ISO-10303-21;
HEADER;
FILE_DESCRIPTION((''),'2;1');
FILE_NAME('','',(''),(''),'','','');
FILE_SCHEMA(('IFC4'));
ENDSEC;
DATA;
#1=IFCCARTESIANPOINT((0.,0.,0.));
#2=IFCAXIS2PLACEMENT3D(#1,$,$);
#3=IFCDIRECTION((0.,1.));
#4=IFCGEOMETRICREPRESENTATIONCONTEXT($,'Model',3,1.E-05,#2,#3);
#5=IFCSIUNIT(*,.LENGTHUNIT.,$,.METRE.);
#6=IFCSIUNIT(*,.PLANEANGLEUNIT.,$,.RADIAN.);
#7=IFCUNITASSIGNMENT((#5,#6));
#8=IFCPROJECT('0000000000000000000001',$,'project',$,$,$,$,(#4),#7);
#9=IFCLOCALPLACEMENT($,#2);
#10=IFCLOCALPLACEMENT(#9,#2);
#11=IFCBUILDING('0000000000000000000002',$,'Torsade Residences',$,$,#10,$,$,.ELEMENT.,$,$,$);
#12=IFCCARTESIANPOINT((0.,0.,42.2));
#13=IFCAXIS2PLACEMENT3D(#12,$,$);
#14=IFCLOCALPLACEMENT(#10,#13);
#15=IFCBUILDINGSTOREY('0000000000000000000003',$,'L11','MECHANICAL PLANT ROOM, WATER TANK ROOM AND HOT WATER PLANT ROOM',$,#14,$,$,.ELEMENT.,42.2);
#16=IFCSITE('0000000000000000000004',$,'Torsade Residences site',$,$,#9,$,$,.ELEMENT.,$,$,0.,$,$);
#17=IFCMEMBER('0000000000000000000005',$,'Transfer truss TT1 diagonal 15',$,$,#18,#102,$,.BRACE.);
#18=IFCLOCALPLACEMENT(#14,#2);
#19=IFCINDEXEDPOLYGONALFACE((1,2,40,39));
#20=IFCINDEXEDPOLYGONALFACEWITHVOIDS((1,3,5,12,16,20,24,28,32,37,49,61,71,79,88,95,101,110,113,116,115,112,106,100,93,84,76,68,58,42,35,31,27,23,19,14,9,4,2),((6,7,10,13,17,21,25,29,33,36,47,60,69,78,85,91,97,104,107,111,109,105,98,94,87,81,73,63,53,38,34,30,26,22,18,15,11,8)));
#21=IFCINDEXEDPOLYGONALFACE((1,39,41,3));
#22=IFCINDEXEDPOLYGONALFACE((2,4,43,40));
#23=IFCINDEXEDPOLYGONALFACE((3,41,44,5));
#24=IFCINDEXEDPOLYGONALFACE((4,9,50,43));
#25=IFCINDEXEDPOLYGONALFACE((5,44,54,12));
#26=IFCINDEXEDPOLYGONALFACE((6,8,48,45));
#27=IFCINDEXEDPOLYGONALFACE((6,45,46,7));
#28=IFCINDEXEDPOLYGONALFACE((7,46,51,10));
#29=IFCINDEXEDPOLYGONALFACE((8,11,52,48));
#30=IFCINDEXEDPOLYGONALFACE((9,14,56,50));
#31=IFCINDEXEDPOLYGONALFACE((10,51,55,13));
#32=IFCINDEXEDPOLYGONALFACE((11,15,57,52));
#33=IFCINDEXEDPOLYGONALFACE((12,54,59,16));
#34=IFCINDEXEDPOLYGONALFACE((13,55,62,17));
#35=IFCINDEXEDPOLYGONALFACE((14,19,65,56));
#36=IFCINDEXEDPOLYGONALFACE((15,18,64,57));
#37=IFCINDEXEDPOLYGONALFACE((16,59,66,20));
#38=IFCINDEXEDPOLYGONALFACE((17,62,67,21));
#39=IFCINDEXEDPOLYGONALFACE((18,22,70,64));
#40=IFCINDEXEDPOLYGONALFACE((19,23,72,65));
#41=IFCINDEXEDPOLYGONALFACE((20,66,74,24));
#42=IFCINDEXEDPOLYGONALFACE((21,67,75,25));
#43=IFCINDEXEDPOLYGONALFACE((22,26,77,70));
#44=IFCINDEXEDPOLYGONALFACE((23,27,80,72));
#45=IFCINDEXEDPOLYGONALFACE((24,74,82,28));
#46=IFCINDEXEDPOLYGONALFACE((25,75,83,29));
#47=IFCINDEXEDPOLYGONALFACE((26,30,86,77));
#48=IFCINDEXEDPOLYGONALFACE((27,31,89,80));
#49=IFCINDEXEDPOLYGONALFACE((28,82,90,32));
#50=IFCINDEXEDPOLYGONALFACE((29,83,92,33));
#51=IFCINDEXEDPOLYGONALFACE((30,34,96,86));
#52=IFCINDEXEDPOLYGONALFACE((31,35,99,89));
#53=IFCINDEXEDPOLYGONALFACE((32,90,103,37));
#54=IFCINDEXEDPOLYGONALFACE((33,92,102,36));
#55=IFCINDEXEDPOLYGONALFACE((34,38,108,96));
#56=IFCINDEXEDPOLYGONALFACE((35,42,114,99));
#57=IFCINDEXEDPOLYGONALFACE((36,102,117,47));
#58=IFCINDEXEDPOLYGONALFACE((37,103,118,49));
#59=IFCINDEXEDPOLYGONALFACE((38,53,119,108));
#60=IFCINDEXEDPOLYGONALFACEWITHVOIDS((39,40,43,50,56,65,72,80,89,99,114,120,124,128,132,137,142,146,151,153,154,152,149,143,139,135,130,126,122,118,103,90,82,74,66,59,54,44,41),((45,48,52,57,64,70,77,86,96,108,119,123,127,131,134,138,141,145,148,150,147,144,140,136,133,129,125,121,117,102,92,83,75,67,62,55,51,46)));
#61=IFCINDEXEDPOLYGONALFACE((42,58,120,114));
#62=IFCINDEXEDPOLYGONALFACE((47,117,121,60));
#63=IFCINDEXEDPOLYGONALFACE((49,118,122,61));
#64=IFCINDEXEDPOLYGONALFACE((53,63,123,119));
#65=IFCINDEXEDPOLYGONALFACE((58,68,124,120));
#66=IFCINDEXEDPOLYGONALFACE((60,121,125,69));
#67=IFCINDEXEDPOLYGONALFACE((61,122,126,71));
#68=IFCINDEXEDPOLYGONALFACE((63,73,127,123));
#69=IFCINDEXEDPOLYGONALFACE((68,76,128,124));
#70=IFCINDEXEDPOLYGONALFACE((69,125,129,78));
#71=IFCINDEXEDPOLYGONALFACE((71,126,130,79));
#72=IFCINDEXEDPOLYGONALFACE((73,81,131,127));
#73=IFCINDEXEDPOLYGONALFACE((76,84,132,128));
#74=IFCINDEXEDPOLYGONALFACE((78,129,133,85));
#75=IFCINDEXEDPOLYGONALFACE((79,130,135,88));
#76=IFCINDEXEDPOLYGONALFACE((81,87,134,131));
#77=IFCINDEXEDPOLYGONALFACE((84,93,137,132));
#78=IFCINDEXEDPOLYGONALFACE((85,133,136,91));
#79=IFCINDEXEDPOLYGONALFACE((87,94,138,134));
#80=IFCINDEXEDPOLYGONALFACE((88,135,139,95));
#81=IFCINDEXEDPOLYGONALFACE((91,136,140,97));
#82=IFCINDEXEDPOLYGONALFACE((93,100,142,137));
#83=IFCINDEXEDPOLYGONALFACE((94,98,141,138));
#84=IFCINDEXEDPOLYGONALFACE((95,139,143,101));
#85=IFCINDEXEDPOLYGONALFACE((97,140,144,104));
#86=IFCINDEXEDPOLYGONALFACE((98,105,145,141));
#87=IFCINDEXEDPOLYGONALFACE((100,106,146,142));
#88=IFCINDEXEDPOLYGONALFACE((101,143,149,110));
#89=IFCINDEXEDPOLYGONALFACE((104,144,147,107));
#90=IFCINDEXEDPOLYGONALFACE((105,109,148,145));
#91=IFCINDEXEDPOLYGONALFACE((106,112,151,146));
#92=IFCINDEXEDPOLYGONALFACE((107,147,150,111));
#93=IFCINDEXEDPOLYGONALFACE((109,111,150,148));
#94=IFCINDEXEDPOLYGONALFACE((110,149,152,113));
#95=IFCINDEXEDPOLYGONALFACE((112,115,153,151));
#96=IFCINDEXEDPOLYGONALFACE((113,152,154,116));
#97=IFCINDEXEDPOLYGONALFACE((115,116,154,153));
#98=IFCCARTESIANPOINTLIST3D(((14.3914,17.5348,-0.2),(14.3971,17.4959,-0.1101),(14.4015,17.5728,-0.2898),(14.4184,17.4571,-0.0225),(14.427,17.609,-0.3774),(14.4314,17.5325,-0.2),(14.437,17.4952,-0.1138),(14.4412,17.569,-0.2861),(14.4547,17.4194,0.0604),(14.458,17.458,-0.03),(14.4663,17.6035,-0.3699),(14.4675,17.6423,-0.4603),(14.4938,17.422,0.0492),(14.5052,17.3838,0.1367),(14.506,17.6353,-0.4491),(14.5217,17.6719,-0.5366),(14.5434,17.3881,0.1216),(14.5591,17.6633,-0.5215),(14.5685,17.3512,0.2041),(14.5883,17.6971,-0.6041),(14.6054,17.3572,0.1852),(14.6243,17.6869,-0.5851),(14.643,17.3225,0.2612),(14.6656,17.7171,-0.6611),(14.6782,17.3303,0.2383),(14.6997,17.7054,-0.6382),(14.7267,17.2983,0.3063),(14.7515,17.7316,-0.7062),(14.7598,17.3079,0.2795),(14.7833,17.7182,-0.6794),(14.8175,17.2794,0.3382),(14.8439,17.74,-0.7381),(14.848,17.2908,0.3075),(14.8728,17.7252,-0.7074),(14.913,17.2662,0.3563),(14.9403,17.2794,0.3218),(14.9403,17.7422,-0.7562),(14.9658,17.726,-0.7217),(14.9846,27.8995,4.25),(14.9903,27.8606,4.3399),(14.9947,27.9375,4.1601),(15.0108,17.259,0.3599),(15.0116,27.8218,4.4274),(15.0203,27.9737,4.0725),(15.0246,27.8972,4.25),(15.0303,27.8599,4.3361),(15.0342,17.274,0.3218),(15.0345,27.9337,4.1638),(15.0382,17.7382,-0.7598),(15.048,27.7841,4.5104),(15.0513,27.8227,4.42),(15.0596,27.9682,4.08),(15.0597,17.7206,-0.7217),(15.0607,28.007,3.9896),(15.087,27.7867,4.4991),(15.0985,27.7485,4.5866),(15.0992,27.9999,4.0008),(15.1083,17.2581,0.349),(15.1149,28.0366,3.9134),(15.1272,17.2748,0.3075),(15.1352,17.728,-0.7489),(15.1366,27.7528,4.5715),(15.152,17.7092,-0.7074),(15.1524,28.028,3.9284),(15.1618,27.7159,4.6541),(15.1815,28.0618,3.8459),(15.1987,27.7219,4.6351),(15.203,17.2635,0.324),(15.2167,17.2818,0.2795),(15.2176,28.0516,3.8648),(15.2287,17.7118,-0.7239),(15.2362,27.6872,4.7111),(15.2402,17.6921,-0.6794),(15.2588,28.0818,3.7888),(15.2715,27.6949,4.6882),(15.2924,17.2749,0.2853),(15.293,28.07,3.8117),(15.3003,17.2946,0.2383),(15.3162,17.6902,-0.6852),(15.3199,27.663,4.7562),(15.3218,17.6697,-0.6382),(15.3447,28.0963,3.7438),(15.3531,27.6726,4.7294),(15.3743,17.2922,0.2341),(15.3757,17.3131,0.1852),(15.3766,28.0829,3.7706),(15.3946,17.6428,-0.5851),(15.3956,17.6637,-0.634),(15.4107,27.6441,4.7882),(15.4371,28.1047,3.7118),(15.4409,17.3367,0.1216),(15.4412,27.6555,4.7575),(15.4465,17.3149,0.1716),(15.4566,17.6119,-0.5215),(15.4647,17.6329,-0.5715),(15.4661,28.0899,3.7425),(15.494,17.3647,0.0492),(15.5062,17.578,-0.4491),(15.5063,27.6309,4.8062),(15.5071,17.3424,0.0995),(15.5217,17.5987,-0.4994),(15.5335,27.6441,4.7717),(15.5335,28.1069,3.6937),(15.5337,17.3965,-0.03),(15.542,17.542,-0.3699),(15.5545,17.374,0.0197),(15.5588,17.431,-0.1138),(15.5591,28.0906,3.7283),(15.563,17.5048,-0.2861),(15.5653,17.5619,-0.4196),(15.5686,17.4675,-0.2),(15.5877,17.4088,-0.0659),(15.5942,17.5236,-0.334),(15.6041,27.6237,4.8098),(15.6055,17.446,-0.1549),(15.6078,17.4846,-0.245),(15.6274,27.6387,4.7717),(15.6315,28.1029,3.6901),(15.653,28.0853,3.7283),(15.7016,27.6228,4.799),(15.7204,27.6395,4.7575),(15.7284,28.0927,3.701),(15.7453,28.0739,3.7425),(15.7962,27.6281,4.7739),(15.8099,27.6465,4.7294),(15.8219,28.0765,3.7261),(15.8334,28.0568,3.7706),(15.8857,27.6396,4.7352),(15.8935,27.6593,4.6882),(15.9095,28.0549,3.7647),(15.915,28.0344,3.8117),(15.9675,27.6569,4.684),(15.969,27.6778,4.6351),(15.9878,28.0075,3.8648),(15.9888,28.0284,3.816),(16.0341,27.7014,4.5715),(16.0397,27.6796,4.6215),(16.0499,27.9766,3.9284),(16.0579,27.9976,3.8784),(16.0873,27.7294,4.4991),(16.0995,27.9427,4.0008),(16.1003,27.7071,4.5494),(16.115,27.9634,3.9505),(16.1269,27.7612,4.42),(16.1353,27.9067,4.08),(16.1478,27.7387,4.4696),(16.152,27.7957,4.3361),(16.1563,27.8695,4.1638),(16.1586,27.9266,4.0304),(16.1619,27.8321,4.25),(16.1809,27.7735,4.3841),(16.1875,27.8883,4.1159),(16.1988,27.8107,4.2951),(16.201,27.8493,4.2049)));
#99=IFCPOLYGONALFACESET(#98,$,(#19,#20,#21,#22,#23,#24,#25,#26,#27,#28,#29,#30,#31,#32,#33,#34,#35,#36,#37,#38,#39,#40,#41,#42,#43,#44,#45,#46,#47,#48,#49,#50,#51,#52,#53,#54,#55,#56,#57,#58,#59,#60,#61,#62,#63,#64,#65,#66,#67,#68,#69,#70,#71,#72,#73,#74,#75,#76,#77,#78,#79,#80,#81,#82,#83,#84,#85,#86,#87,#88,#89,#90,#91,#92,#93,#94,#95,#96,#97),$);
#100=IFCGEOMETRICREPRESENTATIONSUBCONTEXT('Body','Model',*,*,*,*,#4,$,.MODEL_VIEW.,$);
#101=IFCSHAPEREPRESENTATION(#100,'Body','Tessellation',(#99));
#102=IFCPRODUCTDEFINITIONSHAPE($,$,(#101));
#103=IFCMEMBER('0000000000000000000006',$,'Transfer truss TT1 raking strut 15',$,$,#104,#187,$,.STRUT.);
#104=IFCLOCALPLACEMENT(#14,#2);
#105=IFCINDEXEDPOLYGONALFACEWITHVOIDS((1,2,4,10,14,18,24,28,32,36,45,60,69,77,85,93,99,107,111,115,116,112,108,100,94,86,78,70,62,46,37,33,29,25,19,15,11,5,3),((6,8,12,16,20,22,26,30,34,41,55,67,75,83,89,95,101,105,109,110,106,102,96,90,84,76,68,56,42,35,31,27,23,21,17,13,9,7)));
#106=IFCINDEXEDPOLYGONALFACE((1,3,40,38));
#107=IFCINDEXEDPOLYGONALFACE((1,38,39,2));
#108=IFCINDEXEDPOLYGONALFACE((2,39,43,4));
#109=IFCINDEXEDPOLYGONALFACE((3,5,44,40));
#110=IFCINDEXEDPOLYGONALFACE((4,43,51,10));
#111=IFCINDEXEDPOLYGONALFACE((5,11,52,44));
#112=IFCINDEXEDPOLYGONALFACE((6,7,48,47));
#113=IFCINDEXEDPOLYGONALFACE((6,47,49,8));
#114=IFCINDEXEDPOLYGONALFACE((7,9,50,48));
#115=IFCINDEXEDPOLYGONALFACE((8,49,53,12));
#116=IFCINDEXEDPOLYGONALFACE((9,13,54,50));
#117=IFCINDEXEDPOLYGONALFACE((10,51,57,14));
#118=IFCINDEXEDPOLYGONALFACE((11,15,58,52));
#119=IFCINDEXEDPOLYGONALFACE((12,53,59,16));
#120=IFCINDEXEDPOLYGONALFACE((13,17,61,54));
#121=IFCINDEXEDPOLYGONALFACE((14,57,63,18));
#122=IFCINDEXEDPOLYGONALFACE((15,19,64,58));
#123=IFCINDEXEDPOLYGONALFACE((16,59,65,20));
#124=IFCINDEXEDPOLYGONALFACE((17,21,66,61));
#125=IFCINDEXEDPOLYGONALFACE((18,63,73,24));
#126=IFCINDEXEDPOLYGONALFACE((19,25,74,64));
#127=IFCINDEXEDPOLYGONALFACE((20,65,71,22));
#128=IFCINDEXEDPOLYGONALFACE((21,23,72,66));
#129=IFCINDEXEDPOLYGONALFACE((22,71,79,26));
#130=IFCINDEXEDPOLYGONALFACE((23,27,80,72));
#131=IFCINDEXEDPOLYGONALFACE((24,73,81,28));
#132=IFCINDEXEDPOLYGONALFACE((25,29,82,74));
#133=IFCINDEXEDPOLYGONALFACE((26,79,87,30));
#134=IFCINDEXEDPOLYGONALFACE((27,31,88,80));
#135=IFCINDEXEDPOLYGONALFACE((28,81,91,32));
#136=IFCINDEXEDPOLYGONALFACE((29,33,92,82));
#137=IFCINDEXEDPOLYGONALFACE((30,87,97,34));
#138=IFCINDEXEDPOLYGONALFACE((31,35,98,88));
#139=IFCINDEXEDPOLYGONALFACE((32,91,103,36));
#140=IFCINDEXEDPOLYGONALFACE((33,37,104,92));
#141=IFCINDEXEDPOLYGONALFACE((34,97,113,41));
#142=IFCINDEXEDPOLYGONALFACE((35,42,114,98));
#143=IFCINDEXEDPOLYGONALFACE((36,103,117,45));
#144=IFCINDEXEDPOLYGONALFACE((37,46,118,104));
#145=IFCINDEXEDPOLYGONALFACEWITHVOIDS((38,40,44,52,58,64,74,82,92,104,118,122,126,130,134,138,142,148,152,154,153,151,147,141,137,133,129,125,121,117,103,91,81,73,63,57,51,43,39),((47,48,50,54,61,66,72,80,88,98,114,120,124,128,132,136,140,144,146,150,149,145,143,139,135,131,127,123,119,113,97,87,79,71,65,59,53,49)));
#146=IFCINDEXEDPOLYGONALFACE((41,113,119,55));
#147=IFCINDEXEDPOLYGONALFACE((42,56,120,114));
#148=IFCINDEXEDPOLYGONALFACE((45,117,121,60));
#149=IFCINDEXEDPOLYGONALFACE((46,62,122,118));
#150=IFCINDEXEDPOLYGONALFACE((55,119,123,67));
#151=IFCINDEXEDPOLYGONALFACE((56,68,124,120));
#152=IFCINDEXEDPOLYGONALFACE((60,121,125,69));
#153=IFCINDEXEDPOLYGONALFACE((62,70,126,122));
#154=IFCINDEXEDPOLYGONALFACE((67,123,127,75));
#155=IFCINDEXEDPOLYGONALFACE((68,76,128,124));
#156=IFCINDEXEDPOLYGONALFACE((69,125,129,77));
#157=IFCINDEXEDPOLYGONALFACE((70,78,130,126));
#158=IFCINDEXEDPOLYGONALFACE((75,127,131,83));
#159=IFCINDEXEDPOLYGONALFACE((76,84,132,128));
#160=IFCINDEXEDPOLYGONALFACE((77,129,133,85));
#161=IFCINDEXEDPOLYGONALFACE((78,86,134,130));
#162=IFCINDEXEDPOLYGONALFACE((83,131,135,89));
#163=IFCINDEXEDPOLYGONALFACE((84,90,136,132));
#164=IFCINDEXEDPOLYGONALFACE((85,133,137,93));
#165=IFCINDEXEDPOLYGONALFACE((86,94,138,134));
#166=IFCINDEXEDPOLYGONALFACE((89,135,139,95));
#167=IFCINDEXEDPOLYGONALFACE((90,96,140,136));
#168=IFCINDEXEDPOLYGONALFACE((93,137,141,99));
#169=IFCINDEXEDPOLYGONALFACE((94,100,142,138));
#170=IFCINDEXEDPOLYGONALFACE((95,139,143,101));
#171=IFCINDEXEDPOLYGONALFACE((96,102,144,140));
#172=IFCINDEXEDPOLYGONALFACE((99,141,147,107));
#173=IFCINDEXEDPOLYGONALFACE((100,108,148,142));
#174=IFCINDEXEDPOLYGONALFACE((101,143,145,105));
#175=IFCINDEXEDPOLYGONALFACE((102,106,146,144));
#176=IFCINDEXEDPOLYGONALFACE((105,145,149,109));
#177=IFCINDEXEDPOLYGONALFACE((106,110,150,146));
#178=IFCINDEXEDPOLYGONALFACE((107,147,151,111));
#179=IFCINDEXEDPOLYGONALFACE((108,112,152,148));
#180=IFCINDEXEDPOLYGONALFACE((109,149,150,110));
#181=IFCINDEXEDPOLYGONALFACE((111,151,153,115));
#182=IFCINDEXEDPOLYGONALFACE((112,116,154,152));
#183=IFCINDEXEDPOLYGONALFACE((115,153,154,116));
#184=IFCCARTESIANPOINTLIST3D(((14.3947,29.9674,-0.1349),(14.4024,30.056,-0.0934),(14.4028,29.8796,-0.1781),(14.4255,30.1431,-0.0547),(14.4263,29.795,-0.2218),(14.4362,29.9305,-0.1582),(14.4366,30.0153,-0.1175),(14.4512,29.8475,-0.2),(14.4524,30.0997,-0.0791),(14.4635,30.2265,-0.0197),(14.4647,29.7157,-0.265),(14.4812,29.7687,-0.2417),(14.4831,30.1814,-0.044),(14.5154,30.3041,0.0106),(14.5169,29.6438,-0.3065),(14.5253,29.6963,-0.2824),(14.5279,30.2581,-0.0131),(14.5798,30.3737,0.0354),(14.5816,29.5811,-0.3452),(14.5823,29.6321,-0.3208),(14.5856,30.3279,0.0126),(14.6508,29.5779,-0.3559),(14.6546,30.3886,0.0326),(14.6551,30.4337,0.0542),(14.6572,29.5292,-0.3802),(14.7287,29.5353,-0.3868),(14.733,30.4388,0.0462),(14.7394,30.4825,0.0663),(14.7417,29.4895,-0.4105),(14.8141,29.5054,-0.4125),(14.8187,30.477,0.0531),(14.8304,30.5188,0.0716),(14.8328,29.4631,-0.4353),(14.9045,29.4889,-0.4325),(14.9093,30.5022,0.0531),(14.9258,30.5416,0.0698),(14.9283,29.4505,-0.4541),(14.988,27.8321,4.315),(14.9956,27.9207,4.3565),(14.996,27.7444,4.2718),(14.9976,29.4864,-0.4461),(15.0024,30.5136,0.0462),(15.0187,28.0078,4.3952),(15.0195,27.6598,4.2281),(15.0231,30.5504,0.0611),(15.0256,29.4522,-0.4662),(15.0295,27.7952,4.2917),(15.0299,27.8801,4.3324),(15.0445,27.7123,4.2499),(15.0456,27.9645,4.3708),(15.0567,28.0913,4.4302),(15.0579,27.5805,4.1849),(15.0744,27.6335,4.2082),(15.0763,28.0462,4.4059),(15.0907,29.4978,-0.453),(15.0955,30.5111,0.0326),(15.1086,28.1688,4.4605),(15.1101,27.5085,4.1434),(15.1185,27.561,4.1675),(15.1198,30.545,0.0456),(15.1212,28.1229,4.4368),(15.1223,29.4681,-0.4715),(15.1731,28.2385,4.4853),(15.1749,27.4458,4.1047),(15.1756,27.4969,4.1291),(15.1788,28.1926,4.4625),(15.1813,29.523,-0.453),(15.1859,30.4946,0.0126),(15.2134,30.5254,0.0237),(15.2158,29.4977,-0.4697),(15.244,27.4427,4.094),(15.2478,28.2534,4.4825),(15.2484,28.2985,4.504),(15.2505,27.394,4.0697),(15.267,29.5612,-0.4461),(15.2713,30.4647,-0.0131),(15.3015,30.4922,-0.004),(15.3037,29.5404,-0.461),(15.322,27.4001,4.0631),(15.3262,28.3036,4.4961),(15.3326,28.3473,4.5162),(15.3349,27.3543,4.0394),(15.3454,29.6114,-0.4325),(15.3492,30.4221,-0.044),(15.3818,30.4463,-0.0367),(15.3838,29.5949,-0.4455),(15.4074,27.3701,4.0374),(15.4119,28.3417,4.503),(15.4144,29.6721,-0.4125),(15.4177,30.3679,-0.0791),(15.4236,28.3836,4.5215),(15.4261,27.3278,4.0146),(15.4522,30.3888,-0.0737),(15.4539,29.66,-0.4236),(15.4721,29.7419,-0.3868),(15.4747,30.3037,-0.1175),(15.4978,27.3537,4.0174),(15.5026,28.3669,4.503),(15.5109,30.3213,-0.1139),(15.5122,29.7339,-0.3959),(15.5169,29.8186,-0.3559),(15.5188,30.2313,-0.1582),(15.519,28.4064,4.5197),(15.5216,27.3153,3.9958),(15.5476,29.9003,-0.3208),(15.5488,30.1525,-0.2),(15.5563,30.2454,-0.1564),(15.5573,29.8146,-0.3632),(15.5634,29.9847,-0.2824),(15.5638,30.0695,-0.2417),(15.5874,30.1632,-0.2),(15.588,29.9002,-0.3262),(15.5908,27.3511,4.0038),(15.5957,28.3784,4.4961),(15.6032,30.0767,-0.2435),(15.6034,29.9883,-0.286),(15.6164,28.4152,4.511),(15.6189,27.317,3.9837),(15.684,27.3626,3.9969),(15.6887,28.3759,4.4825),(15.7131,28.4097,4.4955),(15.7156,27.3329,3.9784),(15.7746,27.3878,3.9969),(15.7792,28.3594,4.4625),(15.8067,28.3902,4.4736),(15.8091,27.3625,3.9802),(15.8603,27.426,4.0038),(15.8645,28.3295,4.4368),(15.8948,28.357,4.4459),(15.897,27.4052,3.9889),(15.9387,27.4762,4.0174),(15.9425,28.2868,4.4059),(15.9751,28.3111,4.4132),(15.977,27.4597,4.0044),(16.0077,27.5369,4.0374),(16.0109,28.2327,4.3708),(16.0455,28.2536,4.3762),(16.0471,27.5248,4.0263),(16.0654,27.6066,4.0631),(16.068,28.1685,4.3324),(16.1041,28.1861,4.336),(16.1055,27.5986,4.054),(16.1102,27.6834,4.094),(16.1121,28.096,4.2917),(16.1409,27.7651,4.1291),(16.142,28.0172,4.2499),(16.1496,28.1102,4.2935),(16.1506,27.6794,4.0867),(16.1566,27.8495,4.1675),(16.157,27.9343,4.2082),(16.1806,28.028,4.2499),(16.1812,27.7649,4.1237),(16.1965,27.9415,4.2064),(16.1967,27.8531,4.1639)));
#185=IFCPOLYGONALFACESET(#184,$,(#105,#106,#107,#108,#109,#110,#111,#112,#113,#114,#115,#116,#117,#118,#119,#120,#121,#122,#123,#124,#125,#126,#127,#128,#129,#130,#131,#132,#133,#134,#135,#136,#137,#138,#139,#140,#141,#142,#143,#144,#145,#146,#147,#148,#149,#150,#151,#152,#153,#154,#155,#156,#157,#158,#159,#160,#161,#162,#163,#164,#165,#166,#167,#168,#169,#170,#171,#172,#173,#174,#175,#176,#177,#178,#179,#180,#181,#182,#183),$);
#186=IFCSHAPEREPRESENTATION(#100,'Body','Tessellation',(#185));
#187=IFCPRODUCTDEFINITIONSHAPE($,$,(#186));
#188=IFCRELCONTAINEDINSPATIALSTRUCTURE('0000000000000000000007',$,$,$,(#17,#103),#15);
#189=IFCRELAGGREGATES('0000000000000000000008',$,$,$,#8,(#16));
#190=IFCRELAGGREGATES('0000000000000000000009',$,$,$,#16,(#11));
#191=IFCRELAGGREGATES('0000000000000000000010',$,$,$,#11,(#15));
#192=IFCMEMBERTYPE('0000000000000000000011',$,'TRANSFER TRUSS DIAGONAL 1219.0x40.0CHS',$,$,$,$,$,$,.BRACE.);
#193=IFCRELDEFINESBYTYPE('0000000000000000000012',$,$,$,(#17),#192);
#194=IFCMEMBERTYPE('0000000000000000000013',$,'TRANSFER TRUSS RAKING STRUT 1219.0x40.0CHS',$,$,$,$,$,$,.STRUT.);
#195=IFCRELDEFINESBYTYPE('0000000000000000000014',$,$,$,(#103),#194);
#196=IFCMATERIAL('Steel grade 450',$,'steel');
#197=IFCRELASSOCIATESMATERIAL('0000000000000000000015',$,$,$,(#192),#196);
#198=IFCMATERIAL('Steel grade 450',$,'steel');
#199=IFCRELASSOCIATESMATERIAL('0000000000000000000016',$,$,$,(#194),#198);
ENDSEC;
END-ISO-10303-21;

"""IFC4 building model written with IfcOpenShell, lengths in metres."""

from ifc_helpers import new_model, si_unit, direction, frame, origin, origin_2d, place, context, subcontext, project, spatial, hollow_circle, extrude, material, material_profile, profile_set, type_object, element, save


model = new_model("IFC4")

# Units and contexts
model_context = context("Model", 3, precision=1e-05, world=origin(), true_north=direction((0.0, 1.0)))
body_context = subcontext(model_context, "Body", "Model", "MODEL_VIEW")
ifc_project = project(units=[si_unit("LENGTHUNIT", "METRE"), si_unit("PLANEANGLEUNIT", "RADIAN")], contexts=[model_context])

# Site, building, storey
site_placement = place(None, origin())
site = spatial("IfcSite", under=ifc_project, at=site_placement, Name="Torsade Residences site", CompositionType="ELEMENT", RefElevation=0.0)
building_placement = place(site_placement, origin())
building = spatial("IfcBuilding", under=site, at=building_placement, Name="Torsade Residences", CompositionType="ELEMENT")
storey_placement = place(building_placement, frame((0.0, 0.0, 42.2)))
storey = spatial("IfcBuildingStorey", under=building, at=storey_placement, Name="L11", Description="MECHANICAL PLANT ROOM, WATER TANK ROOM AND HOT WATER PLANT ROOM", CompositionType="ELEMENT", Elevation=42.2)

# Members
ifc_material_1 = material(Name="Steel grade 450", Category="steel")
ifc_material_profile_1 = material_profile(ifc_material_1, hollow_circle(Radius=0.6096, WallThickness=0.04, at=origin_2d()), Name="1219.0x40.0CHS")
ifc_profile_set_1 = profile_set([ifc_material_profile_1], Name="Steel grade 450")
member_type_1 = type_object("IfcMemberType", Name="TRANSFER TRUSS DIAGONAL 1219.0x40.0CHS", PredefinedType="BRACE", material=ifc_profile_set_1)
member_1_placement = place(storey_placement, frame((15.0, 17.5, -0.2), z_axis=(0.052523, 0.917622, 0.393968), x_axis=(-0.998366, 0.057145, 0.0)))
element("IfcMember", 1, at=member_1_placement, inside=storey, type_object=member_type_1, Name="Transfer truss TT1 diagonal 15", PredefinedType="BRACE", context=body_context, shape_type="SweptSolid", body=[
    extrude(hollow_circle(Radius=0.6096, WallThickness=0.04, at=origin_2d()), origin(), (0.0, 0.0, 1.0), 11.2952),
])
ifc_material_2 = material(Name="Steel grade 450", Category="steel")
ifc_material_profile_2 = material_profile(ifc_material_2, hollow_circle(Radius=0.6096, WallThickness=0.04, at=origin_2d()), Name="1219.0x40.0CHS")
ifc_profile_set_2 = profile_set([ifc_material_profile_2], Name="Steel grade 450")
member_type_2 = type_object("IfcMemberType", Name="TRANSFER TRUSS RAKING STRUT 1219.0x40.0CHS", PredefinedType="STRUT", material=ifc_profile_set_2)
member_2_placement = place(storey_placement, frame((15.0, 30.0, -0.2), z_axis=(0.119339, -0.42952, 0.895137), x_axis=(0.963502, 0.267701, 0.0)))
element("IfcMember", 2, at=member_2_placement, inside=storey, type_object=member_type_2, Name="Transfer truss TT1 raking strut 15", PredefinedType="STRUT", context=body_context, shape_type="SweptSolid", body=[
    extrude(hollow_circle(Radius=0.6096, WallThickness=0.04, at=origin_2d()), origin(), (0.0, 0.0, 1.0), 4.9712),
])

save(model, "model.ifc")
